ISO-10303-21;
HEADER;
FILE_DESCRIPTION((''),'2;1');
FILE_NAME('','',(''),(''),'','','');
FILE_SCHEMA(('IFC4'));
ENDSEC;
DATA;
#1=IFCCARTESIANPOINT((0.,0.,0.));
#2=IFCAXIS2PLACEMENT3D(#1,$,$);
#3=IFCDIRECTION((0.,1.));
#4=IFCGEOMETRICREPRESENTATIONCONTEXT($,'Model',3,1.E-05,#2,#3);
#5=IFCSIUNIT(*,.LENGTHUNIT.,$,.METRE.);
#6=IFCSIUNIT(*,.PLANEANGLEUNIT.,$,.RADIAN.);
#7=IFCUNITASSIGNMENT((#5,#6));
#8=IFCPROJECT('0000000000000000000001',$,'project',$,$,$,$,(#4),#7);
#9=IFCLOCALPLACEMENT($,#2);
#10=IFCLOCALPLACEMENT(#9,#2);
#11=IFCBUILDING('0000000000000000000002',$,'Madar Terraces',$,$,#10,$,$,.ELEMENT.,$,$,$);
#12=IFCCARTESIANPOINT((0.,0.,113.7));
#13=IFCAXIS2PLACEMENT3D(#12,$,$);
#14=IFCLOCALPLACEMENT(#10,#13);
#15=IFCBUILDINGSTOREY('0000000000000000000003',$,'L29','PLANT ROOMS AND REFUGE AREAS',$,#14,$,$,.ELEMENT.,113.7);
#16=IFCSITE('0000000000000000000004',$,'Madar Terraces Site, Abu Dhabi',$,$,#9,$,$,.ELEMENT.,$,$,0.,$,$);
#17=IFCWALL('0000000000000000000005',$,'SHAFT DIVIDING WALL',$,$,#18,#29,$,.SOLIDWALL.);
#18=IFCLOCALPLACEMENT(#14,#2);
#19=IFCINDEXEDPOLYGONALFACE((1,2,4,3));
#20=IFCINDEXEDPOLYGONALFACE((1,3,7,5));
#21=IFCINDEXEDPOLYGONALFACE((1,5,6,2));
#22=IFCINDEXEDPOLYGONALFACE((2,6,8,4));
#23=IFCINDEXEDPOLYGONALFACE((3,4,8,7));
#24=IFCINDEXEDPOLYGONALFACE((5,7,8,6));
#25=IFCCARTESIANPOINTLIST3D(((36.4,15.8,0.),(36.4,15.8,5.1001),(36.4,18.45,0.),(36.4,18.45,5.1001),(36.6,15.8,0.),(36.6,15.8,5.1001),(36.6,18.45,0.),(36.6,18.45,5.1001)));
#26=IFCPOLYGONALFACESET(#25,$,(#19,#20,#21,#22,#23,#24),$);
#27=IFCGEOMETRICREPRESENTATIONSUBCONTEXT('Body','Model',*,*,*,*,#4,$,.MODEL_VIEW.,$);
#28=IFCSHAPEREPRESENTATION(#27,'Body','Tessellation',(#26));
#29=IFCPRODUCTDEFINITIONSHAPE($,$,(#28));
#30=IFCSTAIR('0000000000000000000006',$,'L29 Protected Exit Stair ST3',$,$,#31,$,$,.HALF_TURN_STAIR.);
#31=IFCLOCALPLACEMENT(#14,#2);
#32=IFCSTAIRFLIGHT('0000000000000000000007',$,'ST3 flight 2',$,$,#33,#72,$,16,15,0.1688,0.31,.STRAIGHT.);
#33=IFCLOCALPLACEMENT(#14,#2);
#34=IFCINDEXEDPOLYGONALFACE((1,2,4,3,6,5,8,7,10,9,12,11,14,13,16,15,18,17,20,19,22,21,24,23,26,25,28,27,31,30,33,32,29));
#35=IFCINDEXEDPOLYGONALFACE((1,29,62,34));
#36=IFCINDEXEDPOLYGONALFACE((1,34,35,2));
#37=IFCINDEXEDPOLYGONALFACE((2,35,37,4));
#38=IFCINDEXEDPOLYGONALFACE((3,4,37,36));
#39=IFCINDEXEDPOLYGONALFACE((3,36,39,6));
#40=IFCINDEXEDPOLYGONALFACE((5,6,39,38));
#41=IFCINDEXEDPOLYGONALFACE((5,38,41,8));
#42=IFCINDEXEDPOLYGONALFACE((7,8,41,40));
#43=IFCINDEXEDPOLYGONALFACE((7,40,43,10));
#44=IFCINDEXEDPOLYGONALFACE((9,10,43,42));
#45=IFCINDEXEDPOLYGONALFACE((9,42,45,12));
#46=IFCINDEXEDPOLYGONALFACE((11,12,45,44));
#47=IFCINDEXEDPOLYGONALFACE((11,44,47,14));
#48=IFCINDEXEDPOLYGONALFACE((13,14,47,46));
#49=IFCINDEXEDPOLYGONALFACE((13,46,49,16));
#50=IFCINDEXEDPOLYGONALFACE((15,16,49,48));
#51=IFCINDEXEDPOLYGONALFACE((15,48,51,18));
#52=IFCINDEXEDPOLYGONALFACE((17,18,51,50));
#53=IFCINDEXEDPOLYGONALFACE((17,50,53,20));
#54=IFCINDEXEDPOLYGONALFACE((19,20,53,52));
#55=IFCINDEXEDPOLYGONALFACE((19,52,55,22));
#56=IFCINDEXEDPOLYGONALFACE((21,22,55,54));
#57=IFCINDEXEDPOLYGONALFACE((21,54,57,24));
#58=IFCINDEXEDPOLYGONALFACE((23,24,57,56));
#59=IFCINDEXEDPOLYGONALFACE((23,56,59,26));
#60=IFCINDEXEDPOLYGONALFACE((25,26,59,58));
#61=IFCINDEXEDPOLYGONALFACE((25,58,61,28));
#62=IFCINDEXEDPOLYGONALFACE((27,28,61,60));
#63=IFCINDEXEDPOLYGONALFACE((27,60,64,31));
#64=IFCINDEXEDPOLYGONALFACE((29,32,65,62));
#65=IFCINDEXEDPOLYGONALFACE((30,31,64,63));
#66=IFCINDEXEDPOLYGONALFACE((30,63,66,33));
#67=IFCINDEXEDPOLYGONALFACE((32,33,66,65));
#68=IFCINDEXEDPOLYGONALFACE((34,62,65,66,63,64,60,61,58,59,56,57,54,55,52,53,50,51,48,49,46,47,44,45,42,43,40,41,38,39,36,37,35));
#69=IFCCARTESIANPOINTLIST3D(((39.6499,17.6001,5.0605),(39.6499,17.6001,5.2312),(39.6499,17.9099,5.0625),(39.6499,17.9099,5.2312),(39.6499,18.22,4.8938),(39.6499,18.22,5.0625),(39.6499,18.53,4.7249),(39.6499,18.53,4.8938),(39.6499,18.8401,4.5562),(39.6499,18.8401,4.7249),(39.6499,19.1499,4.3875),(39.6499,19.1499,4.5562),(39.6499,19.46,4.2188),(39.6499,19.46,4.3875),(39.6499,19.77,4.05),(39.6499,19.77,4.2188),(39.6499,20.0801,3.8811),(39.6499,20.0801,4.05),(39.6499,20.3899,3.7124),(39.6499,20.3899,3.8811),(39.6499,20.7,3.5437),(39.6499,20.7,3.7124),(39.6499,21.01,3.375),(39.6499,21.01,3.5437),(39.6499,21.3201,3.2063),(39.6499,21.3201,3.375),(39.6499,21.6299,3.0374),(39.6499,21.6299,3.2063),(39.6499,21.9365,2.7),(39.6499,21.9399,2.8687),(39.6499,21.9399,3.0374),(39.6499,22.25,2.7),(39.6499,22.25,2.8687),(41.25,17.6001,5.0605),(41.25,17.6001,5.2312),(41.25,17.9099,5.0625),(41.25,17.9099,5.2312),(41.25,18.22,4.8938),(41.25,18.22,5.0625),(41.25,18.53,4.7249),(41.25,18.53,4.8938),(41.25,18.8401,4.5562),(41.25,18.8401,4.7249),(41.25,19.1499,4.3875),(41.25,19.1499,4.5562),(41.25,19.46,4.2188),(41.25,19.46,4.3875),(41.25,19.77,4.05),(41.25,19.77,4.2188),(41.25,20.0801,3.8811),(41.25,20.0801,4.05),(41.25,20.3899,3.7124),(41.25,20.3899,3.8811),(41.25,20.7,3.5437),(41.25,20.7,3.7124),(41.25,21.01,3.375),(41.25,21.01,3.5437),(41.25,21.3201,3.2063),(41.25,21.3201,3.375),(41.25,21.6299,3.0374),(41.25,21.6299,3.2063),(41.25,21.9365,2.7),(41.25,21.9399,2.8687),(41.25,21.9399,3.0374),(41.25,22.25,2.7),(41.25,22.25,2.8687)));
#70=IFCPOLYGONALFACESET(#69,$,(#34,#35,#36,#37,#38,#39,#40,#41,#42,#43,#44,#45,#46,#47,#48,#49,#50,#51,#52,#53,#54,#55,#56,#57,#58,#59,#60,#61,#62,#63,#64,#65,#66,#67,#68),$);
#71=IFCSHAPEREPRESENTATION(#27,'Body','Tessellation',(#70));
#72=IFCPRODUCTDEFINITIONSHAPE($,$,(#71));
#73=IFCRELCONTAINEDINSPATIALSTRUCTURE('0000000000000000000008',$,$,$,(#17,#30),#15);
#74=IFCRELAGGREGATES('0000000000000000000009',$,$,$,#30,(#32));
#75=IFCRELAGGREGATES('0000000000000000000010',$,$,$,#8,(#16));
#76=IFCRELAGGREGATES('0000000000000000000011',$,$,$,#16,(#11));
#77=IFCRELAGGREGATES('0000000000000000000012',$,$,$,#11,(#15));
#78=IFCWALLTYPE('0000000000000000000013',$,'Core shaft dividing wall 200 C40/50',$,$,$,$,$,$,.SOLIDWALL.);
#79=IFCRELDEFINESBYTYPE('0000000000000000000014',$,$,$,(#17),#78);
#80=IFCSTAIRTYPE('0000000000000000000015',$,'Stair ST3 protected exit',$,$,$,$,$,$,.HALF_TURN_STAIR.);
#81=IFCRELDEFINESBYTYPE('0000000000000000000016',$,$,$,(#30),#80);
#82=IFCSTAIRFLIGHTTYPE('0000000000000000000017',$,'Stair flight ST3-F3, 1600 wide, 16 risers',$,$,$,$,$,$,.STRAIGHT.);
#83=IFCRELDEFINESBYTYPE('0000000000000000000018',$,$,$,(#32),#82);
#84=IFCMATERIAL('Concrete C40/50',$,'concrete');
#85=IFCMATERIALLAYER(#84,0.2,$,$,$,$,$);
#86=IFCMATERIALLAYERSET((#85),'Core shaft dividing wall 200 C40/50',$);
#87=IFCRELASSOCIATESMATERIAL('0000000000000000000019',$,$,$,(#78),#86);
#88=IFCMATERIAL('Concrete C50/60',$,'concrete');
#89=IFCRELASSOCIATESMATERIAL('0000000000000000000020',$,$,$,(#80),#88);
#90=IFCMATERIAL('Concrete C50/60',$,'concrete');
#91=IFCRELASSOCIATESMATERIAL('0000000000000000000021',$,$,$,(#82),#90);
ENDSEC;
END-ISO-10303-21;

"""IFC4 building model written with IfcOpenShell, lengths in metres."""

from ifc_helpers import new_model, si_unit, direction, frame, frame_2d, origin, place, context, subcontext, project, spatial, polyline, rectangle, outline, extrude, material, layer, layer_set, type_object, element, aggregate, save


model = new_model("IFC4")

# Units and contexts
model_context = context("Model", 3, precision=1e-05, world=origin(), true_north=direction((0.0, 1.0)))
body_context = subcontext(model_context, "Body", "Model", "MODEL_VIEW")
ifc_project = project(units=[si_unit("LENGTHUNIT", "METRE"), si_unit("PLANEANGLEUNIT", "RADIAN")], contexts=[model_context])

# Site, building, storey
site_placement = place(None, origin())
site = spatial("IfcSite", under=ifc_project, at=site_placement, Name="Madar Terraces Site, Abu Dhabi", CompositionType="ELEMENT", RefElevation=0.0)
building_placement = place(site_placement, origin())
building = spatial("IfcBuilding", under=site, at=building_placement, Name="Madar Terraces", CompositionType="ELEMENT")
storey_placement = place(building_placement, frame((0.0, 0.0, 113.7)))
storey = spatial("IfcBuildingStorey", under=building, at=storey_placement, Name="L29", Description="PLANT ROOMS AND REFUGE AREAS", CompositionType="ELEMENT", Elevation=113.7)

# Wall
ifc_material_1 = material(Name="Concrete C40/50", Category="concrete")
ifc_layer_1 = layer(ifc_material_1, 0.2)
ifc_layer_set_1 = layer_set([ifc_layer_1], Name="Core shaft dividing wall 200 C40/50")
wall_type_1 = type_object("IfcWallType", Name="Core shaft dividing wall 200 C40/50", PredefinedType="SOLIDWALL", material=ifc_layer_set_1)
wall_1_placement = place(storey_placement, frame((36.5, 15.8, 0.0), z_axis=(0.0, 0.0, 1.0), x_axis=(0.0, 1.0, 0.0)))
element("IfcWall", 1, at=wall_1_placement, inside=storey, type_object=wall_type_1, Name="SHAFT DIVIDING WALL", PredefinedType="SOLIDWALL", context=body_context, shape_type="SweptSolid", body=[
    extrude(rectangle(XDim=2.6499, YDim=0.2, at=frame_2d((1.325, 0.0))), origin(), (0.0, 0.0, 1.0), 5.1001),
])

# Stair, stair flight
ifc_material_2 = material(Name="Concrete C50/60", Category="concrete")
stair_type = type_object("IfcStairType", Name="Stair ST3 protected exit", PredefinedType="HALF_TURN_STAIR", material=ifc_material_2)
stair_placement = place(storey_placement, origin())
stair = element("IfcStair", 2, at=stair_placement, inside=storey, type_object=stair_type, Name="L29 Protected Exit Stair ST3", PredefinedType="HALF_TURN_STAIR")
ifc_material_3 = material(Name="Concrete C50/60", Category="concrete")
stair_flight_type = type_object("IfcStairFlightType", Name="Stair flight ST3-F3, 1600 wide, 16 risers", PredefinedType="STRAIGHT", material=ifc_material_3)
stair_flight_placement = place(storey_placement, frame((40.45, 22.25, 2.7), z_axis=(0.0, 0.0, 1.0), x_axis=(0.0, -1.0, 0.0)))
stair_flight = element("IfcStairFlight", 3, at=stair_flight_placement, type_object=stair_flight_type, Name="ST3 flight 2", NumberOfRisers=16, NumberOfTreads=15, PredefinedType="STRAIGHT", RiserHeight=0.1688, TreadLength=0.31, context=body_context, shape_type="SweptSolid", body=[
    extrude(outline(polyline([(0.0, 0.0), (0.0, 0.1687), (0.3101, 0.1687), (0.3101, 0.3374), (0.6201, 0.3374), (0.6201, 0.5063), (0.9299, 0.5063), (0.9299, 0.675), (1.24, 0.675), (1.24, 0.8438), (1.55, 0.8438), (1.55, 1.0125), (1.8601, 1.0125), (1.8601, 1.1812), (2.1699, 1.1812), (2.1699, 1.3501), (2.48, 1.3501), (2.48, 1.5188), (2.79, 1.5188), (2.79, 1.6875), (3.1001, 1.6875), (3.1001, 1.8562), (3.4099, 1.8562), (3.4099, 2.0249), (3.72, 2.0249), (3.72, 2.1938), (4.03, 2.1938), (4.03, 2.3625), (4.3401, 2.3625), (4.3401, 2.5312), (4.6499, 2.5312), (4.6499, 2.7), (4.6499, 2.3606), (0.3135, 0.0), (0.0, 0.0)])), frame((0.0, 0.8, 0.0), z_axis=(0.0, -1.0, 0.0), x_axis=(1.0, 0.0, 0.0)), (0.0, 0.0, 1.0), 1.6001),
])
aggregate(stair, [stair_flight])

save(model, "model.ifc")
